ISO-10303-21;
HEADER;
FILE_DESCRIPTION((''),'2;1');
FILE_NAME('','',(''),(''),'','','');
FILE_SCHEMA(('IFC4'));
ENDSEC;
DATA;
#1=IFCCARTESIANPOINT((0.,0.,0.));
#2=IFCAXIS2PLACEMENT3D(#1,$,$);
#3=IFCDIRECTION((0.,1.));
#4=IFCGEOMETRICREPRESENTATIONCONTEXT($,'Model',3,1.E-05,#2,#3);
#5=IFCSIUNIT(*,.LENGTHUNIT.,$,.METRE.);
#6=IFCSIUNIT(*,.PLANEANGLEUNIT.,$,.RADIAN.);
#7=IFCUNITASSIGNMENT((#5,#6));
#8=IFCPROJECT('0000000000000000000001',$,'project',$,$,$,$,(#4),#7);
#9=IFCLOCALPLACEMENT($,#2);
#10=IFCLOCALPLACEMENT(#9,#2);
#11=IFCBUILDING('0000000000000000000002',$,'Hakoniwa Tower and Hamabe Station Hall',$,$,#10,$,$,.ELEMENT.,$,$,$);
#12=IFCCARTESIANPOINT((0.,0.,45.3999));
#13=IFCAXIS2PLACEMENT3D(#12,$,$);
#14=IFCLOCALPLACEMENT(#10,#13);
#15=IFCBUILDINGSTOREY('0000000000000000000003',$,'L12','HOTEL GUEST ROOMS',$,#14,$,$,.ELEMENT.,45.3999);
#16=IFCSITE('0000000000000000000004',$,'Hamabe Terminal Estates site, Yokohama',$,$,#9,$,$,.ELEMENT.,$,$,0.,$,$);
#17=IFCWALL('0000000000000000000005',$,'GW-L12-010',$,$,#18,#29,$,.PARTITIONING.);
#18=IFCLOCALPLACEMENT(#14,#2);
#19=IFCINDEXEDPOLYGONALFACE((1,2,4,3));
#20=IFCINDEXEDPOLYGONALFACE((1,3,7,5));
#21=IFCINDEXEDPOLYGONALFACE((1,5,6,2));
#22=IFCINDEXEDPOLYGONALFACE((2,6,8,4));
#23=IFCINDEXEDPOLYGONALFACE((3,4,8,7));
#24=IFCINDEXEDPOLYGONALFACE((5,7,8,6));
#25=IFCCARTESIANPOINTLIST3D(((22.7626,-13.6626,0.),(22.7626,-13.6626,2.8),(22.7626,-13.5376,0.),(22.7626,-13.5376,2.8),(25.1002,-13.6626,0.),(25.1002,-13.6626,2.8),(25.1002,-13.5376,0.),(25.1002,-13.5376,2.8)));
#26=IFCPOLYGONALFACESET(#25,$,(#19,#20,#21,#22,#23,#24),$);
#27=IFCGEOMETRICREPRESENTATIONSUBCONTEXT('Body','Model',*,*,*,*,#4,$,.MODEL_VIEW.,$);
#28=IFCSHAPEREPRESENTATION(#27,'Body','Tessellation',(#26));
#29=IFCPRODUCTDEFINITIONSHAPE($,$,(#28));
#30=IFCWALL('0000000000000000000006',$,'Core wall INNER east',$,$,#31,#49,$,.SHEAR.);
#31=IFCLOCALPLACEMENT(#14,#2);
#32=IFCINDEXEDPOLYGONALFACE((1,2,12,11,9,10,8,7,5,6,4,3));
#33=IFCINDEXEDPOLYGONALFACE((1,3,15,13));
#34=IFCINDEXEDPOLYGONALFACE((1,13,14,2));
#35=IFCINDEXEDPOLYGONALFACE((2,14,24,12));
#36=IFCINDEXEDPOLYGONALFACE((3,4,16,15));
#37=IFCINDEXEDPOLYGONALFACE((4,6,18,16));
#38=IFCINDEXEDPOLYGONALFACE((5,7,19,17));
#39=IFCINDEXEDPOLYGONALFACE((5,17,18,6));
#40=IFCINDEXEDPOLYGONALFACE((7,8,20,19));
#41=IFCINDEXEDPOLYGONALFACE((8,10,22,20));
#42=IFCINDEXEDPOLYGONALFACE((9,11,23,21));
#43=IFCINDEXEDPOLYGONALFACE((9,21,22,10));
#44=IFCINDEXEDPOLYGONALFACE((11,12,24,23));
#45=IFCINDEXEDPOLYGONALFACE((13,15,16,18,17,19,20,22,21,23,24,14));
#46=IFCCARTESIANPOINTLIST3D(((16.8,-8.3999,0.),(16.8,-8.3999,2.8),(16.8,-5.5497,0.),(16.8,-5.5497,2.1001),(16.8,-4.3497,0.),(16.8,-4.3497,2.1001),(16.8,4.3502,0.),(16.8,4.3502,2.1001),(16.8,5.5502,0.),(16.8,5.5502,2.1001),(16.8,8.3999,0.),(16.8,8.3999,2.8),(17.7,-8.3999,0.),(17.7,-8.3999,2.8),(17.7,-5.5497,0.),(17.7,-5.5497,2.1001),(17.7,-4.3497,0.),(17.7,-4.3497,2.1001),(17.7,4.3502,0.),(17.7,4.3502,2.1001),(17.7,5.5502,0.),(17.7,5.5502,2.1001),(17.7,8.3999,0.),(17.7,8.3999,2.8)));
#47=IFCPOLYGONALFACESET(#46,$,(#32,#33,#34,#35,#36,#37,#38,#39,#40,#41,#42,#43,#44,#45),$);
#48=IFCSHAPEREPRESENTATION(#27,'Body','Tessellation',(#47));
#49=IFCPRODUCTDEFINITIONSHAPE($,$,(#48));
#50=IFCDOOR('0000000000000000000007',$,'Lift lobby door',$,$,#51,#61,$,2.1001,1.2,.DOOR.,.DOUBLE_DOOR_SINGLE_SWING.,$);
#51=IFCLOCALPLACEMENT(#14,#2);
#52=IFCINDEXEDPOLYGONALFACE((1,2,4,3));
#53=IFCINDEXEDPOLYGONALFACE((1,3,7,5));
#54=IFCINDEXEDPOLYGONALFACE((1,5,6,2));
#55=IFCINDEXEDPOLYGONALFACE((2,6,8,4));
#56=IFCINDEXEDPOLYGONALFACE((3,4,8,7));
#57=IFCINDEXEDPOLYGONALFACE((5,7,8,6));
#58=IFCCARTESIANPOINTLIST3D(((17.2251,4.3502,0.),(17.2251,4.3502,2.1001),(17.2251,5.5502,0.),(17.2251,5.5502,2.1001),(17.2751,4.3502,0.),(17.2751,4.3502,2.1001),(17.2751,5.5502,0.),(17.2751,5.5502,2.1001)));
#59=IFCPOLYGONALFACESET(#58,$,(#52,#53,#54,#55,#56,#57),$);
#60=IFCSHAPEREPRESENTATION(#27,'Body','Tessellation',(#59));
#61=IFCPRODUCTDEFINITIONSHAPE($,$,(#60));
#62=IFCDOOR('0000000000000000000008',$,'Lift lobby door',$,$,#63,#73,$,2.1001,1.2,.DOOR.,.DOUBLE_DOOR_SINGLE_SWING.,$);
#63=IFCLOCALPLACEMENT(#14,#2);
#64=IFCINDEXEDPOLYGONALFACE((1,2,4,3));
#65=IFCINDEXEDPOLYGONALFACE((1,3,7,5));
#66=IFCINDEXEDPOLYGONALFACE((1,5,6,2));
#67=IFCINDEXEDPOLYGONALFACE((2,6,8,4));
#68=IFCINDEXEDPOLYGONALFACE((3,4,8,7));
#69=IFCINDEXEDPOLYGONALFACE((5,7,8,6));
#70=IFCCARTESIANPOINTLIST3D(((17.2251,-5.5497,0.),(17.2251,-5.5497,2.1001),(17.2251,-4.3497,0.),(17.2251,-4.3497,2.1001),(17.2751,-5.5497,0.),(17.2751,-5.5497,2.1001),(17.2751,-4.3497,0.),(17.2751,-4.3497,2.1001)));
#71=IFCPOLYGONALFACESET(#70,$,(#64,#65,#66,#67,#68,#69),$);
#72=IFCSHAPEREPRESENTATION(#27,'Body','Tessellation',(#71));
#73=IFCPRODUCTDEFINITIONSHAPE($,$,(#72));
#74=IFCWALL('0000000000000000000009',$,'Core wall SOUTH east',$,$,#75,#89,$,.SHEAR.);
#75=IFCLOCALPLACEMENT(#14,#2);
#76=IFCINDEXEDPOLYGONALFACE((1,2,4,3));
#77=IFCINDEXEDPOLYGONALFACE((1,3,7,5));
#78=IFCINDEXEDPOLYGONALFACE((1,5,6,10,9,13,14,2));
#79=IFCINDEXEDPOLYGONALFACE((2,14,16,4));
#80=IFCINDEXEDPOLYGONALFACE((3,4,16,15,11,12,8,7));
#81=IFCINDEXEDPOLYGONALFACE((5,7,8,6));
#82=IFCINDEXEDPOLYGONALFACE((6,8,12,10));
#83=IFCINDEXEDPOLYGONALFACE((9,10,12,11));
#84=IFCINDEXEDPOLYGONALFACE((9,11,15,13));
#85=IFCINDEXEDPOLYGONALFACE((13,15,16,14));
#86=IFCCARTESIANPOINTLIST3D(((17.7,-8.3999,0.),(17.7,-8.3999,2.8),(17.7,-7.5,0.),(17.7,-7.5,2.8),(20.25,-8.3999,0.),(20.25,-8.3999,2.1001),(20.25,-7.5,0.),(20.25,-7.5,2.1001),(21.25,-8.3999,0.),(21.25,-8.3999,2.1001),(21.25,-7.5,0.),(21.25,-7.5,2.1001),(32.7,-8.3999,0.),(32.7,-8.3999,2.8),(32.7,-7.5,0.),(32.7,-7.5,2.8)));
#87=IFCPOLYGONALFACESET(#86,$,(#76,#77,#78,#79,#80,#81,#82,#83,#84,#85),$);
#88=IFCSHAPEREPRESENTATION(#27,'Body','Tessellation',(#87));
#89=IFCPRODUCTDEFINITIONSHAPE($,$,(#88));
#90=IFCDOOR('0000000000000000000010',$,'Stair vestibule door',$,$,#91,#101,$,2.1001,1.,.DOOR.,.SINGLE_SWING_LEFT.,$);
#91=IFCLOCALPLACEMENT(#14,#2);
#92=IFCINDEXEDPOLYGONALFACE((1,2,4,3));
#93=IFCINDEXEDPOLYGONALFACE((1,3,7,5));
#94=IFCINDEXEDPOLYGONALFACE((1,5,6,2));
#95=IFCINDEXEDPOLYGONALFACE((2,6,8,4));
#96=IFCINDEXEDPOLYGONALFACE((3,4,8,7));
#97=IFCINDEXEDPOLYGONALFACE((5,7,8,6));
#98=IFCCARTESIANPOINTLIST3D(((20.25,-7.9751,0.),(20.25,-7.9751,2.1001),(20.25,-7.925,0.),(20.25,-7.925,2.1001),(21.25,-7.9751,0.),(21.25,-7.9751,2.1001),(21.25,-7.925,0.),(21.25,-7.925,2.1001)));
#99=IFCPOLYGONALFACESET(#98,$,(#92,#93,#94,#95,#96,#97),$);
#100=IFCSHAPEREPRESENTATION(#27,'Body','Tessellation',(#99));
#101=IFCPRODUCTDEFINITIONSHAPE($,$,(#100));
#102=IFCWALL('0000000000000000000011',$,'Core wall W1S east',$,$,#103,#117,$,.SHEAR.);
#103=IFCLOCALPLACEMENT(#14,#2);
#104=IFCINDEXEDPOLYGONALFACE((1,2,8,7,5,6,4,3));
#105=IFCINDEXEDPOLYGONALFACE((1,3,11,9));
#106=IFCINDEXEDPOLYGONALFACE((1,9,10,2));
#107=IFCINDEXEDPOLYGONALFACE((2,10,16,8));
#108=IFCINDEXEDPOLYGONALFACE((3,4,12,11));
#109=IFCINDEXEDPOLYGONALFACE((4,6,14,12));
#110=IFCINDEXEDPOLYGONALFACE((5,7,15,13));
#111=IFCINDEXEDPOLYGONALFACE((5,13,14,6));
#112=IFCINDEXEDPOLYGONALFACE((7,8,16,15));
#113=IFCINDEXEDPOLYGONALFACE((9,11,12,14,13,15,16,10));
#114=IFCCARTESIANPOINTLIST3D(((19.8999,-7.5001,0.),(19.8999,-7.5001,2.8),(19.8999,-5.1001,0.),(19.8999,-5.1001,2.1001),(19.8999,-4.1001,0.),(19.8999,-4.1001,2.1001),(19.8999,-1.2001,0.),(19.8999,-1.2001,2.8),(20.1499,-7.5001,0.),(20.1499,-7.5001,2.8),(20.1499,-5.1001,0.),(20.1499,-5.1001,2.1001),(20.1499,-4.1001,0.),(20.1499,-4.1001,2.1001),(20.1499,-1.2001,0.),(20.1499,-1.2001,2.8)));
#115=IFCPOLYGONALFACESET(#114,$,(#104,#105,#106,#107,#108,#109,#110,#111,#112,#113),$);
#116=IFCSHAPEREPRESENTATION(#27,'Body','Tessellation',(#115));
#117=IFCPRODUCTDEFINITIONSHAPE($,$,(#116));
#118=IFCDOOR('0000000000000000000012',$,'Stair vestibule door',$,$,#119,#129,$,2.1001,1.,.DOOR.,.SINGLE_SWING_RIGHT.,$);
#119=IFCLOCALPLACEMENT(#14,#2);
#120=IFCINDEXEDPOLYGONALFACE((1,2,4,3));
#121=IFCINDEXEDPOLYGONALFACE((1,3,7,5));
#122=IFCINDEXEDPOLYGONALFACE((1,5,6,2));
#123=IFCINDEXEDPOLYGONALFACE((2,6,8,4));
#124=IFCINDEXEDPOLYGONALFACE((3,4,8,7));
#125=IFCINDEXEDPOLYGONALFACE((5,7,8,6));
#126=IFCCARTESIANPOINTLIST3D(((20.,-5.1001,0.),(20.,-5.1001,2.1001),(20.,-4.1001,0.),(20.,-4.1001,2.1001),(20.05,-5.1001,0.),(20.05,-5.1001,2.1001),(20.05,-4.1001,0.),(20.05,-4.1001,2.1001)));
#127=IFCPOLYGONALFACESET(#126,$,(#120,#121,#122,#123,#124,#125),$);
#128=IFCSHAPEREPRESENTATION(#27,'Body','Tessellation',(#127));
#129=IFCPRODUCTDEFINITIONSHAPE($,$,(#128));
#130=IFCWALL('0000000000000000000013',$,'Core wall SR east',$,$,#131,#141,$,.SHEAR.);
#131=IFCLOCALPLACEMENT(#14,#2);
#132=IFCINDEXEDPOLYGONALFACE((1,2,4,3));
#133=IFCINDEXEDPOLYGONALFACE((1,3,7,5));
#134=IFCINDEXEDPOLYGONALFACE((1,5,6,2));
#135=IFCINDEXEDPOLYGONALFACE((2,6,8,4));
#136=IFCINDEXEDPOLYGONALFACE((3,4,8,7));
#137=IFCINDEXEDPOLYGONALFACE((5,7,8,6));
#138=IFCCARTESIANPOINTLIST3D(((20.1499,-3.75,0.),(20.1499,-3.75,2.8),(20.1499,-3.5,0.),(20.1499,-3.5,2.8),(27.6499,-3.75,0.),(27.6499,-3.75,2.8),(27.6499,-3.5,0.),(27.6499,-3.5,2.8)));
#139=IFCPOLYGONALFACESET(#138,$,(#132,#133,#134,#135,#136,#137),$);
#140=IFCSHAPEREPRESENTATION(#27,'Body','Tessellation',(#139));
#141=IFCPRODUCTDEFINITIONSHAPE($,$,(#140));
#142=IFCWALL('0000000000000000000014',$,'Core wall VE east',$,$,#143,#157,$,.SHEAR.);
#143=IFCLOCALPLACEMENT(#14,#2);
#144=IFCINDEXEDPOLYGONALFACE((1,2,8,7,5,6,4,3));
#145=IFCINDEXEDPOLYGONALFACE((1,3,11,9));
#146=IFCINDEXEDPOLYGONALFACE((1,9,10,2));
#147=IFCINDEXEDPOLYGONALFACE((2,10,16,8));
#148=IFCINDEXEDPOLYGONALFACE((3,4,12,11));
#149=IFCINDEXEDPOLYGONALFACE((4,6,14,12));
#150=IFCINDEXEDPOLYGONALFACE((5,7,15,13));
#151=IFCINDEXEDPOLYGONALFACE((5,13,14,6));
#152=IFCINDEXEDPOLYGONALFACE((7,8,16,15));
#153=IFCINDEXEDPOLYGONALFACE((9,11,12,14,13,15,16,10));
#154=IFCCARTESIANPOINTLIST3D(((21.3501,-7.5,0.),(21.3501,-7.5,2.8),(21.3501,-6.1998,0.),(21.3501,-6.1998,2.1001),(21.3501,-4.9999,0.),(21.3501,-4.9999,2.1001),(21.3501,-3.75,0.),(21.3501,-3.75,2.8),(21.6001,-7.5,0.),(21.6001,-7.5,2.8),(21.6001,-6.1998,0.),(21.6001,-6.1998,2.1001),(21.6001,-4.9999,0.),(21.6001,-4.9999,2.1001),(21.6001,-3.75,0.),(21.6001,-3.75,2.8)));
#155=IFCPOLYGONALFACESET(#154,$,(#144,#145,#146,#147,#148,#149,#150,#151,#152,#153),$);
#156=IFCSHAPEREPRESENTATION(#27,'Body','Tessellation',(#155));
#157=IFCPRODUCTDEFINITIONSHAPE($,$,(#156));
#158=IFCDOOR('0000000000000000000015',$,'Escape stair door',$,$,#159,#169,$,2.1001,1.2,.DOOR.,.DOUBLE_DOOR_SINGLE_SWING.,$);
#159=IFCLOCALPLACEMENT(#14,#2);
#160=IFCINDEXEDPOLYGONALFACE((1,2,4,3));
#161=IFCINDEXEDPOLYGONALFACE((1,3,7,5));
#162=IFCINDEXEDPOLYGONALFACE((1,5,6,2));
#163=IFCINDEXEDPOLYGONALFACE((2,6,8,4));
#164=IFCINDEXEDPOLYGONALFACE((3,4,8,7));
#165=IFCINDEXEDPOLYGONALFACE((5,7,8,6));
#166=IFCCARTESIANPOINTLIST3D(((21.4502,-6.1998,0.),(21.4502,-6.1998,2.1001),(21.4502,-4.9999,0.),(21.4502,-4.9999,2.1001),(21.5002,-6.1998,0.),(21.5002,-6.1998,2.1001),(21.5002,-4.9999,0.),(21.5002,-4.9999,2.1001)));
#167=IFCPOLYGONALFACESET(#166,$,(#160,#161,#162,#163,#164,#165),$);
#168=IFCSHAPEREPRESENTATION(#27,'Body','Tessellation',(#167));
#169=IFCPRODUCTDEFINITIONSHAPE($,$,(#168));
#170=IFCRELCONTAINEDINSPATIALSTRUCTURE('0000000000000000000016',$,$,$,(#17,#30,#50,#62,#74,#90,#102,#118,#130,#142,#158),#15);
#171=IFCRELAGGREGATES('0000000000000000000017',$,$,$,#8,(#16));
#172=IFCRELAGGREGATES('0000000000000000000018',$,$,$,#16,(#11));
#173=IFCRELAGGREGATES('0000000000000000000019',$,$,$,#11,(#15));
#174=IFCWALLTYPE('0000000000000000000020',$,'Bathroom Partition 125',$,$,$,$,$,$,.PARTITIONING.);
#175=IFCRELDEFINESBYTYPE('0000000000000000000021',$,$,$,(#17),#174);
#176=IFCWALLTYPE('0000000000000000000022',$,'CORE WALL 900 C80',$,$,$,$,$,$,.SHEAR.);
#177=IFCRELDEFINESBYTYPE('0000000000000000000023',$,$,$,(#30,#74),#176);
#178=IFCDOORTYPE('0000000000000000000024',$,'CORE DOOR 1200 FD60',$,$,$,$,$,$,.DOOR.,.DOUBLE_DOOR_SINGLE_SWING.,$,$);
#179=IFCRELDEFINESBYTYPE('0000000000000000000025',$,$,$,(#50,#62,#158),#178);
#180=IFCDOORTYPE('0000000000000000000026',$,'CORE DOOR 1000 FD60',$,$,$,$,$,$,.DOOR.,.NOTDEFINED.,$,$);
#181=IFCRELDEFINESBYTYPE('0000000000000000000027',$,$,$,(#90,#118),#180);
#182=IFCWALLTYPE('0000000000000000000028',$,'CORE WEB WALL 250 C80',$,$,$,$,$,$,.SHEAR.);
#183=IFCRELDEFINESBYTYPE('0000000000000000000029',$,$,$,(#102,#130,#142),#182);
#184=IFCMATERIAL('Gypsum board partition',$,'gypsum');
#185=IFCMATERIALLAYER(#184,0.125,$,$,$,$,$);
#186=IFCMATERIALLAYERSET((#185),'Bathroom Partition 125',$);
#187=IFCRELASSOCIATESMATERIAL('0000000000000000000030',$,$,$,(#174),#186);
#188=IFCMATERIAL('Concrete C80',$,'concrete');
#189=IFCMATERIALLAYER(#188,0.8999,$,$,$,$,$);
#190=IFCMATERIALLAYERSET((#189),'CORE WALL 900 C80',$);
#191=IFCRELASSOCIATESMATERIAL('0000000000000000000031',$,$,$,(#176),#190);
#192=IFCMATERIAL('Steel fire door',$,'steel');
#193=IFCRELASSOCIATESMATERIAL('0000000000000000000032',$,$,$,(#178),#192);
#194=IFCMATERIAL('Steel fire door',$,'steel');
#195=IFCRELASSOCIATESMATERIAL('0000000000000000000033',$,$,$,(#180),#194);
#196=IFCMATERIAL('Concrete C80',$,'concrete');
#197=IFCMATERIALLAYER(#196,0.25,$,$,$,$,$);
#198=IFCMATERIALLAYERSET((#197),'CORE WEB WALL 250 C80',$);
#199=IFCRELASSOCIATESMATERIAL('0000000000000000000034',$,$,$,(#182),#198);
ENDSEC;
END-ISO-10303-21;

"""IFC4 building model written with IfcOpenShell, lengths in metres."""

from ifc_helpers import new_model, si_unit, direction, frame, frame_2d, origin, place, context, subcontext, project, spatial, rectangle, extrude, material, layer, layer_set, type_object, element, fill, save


model = new_model("IFC4")

# Units and contexts
model_context = context("Model", 3, precision=1e-05, world=origin(), true_north=direction((0.0, 1.0)))
body_context = subcontext(model_context, "Body", "Model", "MODEL_VIEW")
ifc_project = project(units=[si_unit("LENGTHUNIT", "METRE"), si_unit("PLANEANGLEUNIT", "RADIAN")], contexts=[model_context])

# Site, building, storey
site_placement = place(None, origin())
site = spatial("IfcSite", under=ifc_project, at=site_placement, Name="Hamabe Terminal Estates site, Yokohama", CompositionType="ELEMENT", RefElevation=0.0)
building_placement = place(site_placement, origin())
building = spatial("IfcBuilding", under=site, at=building_placement, Name="Hakoniwa Tower and Hamabe Station Hall", CompositionType="ELEMENT")
storey_placement = place(building_placement, frame((0.0, 0.0, 45.3999)))
storey = spatial("IfcBuildingStorey", under=building, at=storey_placement, Name="L12", Description="HOTEL GUEST ROOMS", CompositionType="ELEMENT", Elevation=45.3999)

# Wall
ifc_material_1 = material(Name="Gypsum board partition", Category="gypsum")
ifc_layer_1 = layer(ifc_material_1, 0.125)
ifc_layer_set_1 = layer_set([ifc_layer_1], Name="Bathroom Partition 125")
wall_type_1 = type_object("IfcWallType", Name="Bathroom Partition 125", PredefinedType="PARTITIONING", material=ifc_layer_set_1)
wall_1_placement = place(storey_placement, frame((22.7625, -13.6001, 0.0), z_axis=(0.0, 0.0, 1.0), x_axis=(1.0, 0.0, 0.0)))
element("IfcWall", 1, at=wall_1_placement, inside=storey, type_object=wall_type_1, Name="GW-L12-010", PredefinedType="PARTITIONING", context=body_context, shape_type="SweptSolid", body=[
    extrude(rectangle(XDim=2.3376, YDim=0.125, at=frame_2d((1.1689, 0.0))), origin(), (0.0, 0.0, 1.0), 2.8),
])

# Wall, openings, doors
ifc_material_2 = material(Name="Concrete C80", Category="concrete")
ifc_layer_2 = layer(ifc_material_2, 0.8999)
ifc_layer_set_2 = layer_set([ifc_layer_2], Name="CORE WALL 900 C80")
wall_type_2 = type_object("IfcWallType", Name="CORE WALL 900 C80", PredefinedType="SHEAR", material=ifc_layer_set_2)
wall_2_placement = place(storey_placement, frame((17.25, -8.3999, 0.0), z_axis=(0.0, 0.0, 1.0), x_axis=(0.0, 1.0, 0.0)))
wall_2 = element("IfcWall", 2, at=wall_2_placement, inside=storey, type_object=wall_type_2, Name="Core wall INNER east", PredefinedType="SHEAR", context=body_context, shape_type="SweptSolid", body=[
    extrude(rectangle(XDim=16.7998, YDim=0.8999, at=frame_2d((8.3999, 0.0))), origin(), (0.0, 0.0, 1.0), 2.8),
])
opening_1_placement = place(wall_2_placement, frame((12.75, 0.0, 0.0)))
opening_1 = element("IfcOpeningElement", 3, at=opening_1_placement, cuts=wall_2, PredefinedType="OPENING", context=body_context, shape_type="SweptSolid", body=[
    extrude(rectangle(XDim=1.2, YDim=2.1001, at=frame_2d((0.6001, 1.05))), frame((0.0, 0.46, 0.0), z_axis=(0.0, -1.0, 0.0), x_axis=(1.0, 0.0, 0.0)), (0.0, 0.0, 1.0), 0.9199),
])
opening_2_placement = place(wall_2_placement, frame((2.8501, 0.0, 0.0)))
opening_2 = element("IfcOpeningElement", 4, at=opening_2_placement, cuts=wall_2, PredefinedType="OPENING", context=body_context, shape_type="SweptSolid", body=[
    extrude(rectangle(XDim=1.2, YDim=2.1001, at=frame_2d((0.6001, 1.05))), frame((0.0, 0.46, 0.0), z_axis=(0.0, -1.0, 0.0), x_axis=(1.0, 0.0, 0.0)), (0.0, 0.0, 1.0), 0.9199),
])
ifc_material_3 = material(Name="Steel fire door", Category="steel")
door_type_1 = type_object("IfcDoorType", Name="CORE DOOR 1200 FD60", OperationType="DOUBLE_DOOR_SINGLE_SWING", PredefinedType="DOOR", material=ifc_material_3)
door_1_placement = place(opening_1_placement, origin())
door_1 = element("IfcDoor", 5, at=door_1_placement, inside=storey, type_object=door_type_1, Name="Lift lobby door", OperationType="DOUBLE_DOOR_SINGLE_SWING", OverallHeight=2.1001, OverallWidth=1.2, PredefinedType="DOOR", context=body_context, shape_type="SweptSolid", body=[
    extrude(rectangle(XDim=1.2, YDim=2.1001, at=frame_2d((0.6001, 1.05))), frame((0.0, 0.0249, 0.0), z_axis=(0.0, -1.0, 0.0), x_axis=(1.0, 0.0, 0.0)), (0.0, 0.0, 1.0), 0.05),
])
fill(opening_1, door_1)
door_2_placement = place(opening_2_placement, origin())
door_2 = element("IfcDoor", 6, at=door_2_placement, inside=storey, type_object=door_type_1, Name="Lift lobby door", OperationType="DOUBLE_DOOR_SINGLE_SWING", OverallHeight=2.1001, OverallWidth=1.2, PredefinedType="DOOR", context=body_context, shape_type="SweptSolid", body=[
    extrude(rectangle(XDim=1.2, YDim=2.1001, at=frame_2d((0.6001, 1.05))), frame((0.0, 0.0249, 0.0), z_axis=(0.0, -1.0, 0.0), x_axis=(1.0, 0.0, 0.0)), (0.0, 0.0, 1.0), 0.05),
])
fill(opening_2, door_2)

# Walls, openings, doors
wall_3_placement = place(storey_placement, frame((17.7, -7.95, 0.0), z_axis=(0.0, 0.0, 1.0), x_axis=(1.0, 0.0, 0.0)))
wall_3 = element("IfcWall", 7, at=wall_3_placement, inside=storey, type_object=wall_type_2, Name="Core wall SOUTH east", PredefinedType="SHEAR", context=body_context, shape_type="SweptSolid", body=[
    extrude(rectangle(XDim=15.0, YDim=0.8999, at=frame_2d((7.5, 0.0))), origin(), (0.0, 0.0, 1.0), 2.8),
])
opening_3_placement = place(wall_3_placement, frame((2.55, 0.0, 0.0)))
opening_3 = element("IfcOpeningElement", 8, at=opening_3_placement, cuts=wall_3, PredefinedType="OPENING", context=body_context, shape_type="SweptSolid", body=[
    extrude(rectangle(XDim=1.0, YDim=2.1001, at=frame_2d((0.5, 1.05))), frame((0.0, 0.46, 0.0), z_axis=(0.0, -1.0, 0.0), x_axis=(1.0, 0.0, 0.0)), (0.0, 0.0, 1.0), 0.9199),
])
ifc_material_4 = material(Name="Steel fire door", Category="steel")
door_type_2 = type_object("IfcDoorType", Name="CORE DOOR 1000 FD60", OperationType="NOTDEFINED", PredefinedType="DOOR", material=ifc_material_4)
door_3_placement = place(opening_3_placement, origin())
door_3 = element("IfcDoor", 9, at=door_3_placement, inside=storey, type_object=door_type_2, Name="Stair vestibule door", OperationType="SINGLE_SWING_LEFT", OverallHeight=2.1001, OverallWidth=1.0, PredefinedType="DOOR", context=body_context, shape_type="SweptSolid", body=[
    extrude(rectangle(XDim=1.0, YDim=2.1001, at=frame_2d((0.5, 1.05))), frame((0.0, 0.0249, 0.0), z_axis=(0.0, -1.0, 0.0), x_axis=(1.0, 0.0, 0.0)), (0.0, 0.0, 1.0), 0.05),
])
fill(opening_3, door_3)
ifc_material_5 = material(Name="Concrete C80", Category="concrete")
ifc_layer_3 = layer(ifc_material_5, 0.25)
ifc_layer_set_3 = layer_set([ifc_layer_3], Name="CORE WEB WALL 250 C80")
wall_type_3 = type_object("IfcWallType", Name="CORE WEB WALL 250 C80", PredefinedType="SHEAR", material=ifc_layer_set_3)
wall_4_placement = place(storey_placement, frame((20.0249, -7.5, 0.0), z_axis=(0.0, 0.0, 1.0), x_axis=(0.0, 1.0, 0.0)))
wall_4 = element("IfcWall", 10, at=wall_4_placement, inside=storey, type_object=wall_type_3, Name="Core wall W1S east", PredefinedType="SHEAR", context=body_context, shape_type="SweptSolid", body=[
    extrude(rectangle(XDim=6.3, YDim=0.25, at=frame_2d((3.1499, 0.0))), origin(), (0.0, 0.0, 1.0), 2.8),
])
opening_4_placement = place(wall_4_placement, frame((2.3999, 0.0, 0.0)))
opening_4 = element("IfcOpeningElement", 11, at=opening_4_placement, cuts=wall_4, PredefinedType="OPENING", context=body_context, shape_type="SweptSolid", body=[
    extrude(rectangle(XDim=1.0, YDim=2.1001, at=frame_2d((0.5, 1.05))), frame((0.0, 0.135, 0.0), z_axis=(0.0, -1.0, 0.0), x_axis=(1.0, 0.0, 0.0)), (0.0, 0.0, 1.0), 0.27),
])
door_4_placement = place(opening_4_placement, origin())
door_4 = element("IfcDoor", 12, at=door_4_placement, inside=storey, type_object=door_type_2, Name="Stair vestibule door", OperationType="SINGLE_SWING_RIGHT", OverallHeight=2.1001, OverallWidth=1.0, PredefinedType="DOOR", context=body_context, shape_type="SweptSolid", body=[
    extrude(rectangle(XDim=1.0, YDim=2.1001, at=frame_2d((0.5, 1.05))), frame((0.0, 0.0249, 0.0), z_axis=(0.0, -1.0, 0.0), x_axis=(1.0, 0.0, 0.0)), (0.0, 0.0, 1.0), 0.05),
])
fill(opening_4, door_4)

# Wall
wall_5_placement = place(storey_placement, frame((20.1499, -3.625, 0.0), z_axis=(0.0, 0.0, 1.0), x_axis=(1.0, 0.0, 0.0)))
element("IfcWall", 13, at=wall_5_placement, inside=storey, type_object=wall_type_3, Name="Core wall SR east", PredefinedType="SHEAR", context=body_context, shape_type="SweptSolid", body=[
    extrude(rectangle(XDim=7.5, YDim=0.25, at=frame_2d((3.75, 0.0))), origin(), (0.0, 0.0, 1.0), 2.8),
])

# Wall, opening, door
wall_6_placement = place(storey_placement, frame((21.4751, -7.5, 0.0), z_axis=(0.0, 0.0, 1.0), x_axis=(0.0, 1.0, 0.0)))
wall_6 = element("IfcWall", 14, at=wall_6_placement, inside=storey, type_object=wall_type_3, Name="Core wall VE east", PredefinedType="SHEAR", context=body_context, shape_type="SweptSolid", body=[
    extrude(rectangle(XDim=3.75, YDim=0.25, at=frame_2d((1.875, 0.0))), origin(), (0.0, 0.0, 1.0), 2.8),
])
opening_5_placement = place(wall_6_placement, frame((1.3, 0.0, 0.0)))
opening_5 = element("IfcOpeningElement", 15, at=opening_5_placement, cuts=wall_6, PredefinedType="OPENING", context=body_context, shape_type="SweptSolid", body=[
    extrude(rectangle(XDim=1.2, YDim=2.1001, at=frame_2d((0.6001, 1.05))), frame((0.0, 0.135, 0.0), z_axis=(0.0, -1.0, 0.0), x_axis=(1.0, 0.0, 0.0)), (0.0, 0.0, 1.0), 0.27),
])
door_5_placement = place(opening_5_placement, origin())
door_5 = element("IfcDoor", 16, at=door_5_placement, inside=storey, type_object=door_type_1, Name="Escape stair door", OperationType="DOUBLE_DOOR_SINGLE_SWING", OverallHeight=2.1001, OverallWidth=1.2, PredefinedType="DOOR", context=body_context, shape_type="SweptSolid", body=[
    extrude(rectangle(XDim=1.2, YDim=2.1001, at=frame_2d((0.6001, 1.05))), frame((0.0, 0.0249, 0.0), z_axis=(0.0, -1.0, 0.0), x_axis=(1.0, 0.0, 0.0)), (0.0, 0.0, 1.0), 0.05),
])
fill(opening_5, door_5)

save(model, "model.ifc")
